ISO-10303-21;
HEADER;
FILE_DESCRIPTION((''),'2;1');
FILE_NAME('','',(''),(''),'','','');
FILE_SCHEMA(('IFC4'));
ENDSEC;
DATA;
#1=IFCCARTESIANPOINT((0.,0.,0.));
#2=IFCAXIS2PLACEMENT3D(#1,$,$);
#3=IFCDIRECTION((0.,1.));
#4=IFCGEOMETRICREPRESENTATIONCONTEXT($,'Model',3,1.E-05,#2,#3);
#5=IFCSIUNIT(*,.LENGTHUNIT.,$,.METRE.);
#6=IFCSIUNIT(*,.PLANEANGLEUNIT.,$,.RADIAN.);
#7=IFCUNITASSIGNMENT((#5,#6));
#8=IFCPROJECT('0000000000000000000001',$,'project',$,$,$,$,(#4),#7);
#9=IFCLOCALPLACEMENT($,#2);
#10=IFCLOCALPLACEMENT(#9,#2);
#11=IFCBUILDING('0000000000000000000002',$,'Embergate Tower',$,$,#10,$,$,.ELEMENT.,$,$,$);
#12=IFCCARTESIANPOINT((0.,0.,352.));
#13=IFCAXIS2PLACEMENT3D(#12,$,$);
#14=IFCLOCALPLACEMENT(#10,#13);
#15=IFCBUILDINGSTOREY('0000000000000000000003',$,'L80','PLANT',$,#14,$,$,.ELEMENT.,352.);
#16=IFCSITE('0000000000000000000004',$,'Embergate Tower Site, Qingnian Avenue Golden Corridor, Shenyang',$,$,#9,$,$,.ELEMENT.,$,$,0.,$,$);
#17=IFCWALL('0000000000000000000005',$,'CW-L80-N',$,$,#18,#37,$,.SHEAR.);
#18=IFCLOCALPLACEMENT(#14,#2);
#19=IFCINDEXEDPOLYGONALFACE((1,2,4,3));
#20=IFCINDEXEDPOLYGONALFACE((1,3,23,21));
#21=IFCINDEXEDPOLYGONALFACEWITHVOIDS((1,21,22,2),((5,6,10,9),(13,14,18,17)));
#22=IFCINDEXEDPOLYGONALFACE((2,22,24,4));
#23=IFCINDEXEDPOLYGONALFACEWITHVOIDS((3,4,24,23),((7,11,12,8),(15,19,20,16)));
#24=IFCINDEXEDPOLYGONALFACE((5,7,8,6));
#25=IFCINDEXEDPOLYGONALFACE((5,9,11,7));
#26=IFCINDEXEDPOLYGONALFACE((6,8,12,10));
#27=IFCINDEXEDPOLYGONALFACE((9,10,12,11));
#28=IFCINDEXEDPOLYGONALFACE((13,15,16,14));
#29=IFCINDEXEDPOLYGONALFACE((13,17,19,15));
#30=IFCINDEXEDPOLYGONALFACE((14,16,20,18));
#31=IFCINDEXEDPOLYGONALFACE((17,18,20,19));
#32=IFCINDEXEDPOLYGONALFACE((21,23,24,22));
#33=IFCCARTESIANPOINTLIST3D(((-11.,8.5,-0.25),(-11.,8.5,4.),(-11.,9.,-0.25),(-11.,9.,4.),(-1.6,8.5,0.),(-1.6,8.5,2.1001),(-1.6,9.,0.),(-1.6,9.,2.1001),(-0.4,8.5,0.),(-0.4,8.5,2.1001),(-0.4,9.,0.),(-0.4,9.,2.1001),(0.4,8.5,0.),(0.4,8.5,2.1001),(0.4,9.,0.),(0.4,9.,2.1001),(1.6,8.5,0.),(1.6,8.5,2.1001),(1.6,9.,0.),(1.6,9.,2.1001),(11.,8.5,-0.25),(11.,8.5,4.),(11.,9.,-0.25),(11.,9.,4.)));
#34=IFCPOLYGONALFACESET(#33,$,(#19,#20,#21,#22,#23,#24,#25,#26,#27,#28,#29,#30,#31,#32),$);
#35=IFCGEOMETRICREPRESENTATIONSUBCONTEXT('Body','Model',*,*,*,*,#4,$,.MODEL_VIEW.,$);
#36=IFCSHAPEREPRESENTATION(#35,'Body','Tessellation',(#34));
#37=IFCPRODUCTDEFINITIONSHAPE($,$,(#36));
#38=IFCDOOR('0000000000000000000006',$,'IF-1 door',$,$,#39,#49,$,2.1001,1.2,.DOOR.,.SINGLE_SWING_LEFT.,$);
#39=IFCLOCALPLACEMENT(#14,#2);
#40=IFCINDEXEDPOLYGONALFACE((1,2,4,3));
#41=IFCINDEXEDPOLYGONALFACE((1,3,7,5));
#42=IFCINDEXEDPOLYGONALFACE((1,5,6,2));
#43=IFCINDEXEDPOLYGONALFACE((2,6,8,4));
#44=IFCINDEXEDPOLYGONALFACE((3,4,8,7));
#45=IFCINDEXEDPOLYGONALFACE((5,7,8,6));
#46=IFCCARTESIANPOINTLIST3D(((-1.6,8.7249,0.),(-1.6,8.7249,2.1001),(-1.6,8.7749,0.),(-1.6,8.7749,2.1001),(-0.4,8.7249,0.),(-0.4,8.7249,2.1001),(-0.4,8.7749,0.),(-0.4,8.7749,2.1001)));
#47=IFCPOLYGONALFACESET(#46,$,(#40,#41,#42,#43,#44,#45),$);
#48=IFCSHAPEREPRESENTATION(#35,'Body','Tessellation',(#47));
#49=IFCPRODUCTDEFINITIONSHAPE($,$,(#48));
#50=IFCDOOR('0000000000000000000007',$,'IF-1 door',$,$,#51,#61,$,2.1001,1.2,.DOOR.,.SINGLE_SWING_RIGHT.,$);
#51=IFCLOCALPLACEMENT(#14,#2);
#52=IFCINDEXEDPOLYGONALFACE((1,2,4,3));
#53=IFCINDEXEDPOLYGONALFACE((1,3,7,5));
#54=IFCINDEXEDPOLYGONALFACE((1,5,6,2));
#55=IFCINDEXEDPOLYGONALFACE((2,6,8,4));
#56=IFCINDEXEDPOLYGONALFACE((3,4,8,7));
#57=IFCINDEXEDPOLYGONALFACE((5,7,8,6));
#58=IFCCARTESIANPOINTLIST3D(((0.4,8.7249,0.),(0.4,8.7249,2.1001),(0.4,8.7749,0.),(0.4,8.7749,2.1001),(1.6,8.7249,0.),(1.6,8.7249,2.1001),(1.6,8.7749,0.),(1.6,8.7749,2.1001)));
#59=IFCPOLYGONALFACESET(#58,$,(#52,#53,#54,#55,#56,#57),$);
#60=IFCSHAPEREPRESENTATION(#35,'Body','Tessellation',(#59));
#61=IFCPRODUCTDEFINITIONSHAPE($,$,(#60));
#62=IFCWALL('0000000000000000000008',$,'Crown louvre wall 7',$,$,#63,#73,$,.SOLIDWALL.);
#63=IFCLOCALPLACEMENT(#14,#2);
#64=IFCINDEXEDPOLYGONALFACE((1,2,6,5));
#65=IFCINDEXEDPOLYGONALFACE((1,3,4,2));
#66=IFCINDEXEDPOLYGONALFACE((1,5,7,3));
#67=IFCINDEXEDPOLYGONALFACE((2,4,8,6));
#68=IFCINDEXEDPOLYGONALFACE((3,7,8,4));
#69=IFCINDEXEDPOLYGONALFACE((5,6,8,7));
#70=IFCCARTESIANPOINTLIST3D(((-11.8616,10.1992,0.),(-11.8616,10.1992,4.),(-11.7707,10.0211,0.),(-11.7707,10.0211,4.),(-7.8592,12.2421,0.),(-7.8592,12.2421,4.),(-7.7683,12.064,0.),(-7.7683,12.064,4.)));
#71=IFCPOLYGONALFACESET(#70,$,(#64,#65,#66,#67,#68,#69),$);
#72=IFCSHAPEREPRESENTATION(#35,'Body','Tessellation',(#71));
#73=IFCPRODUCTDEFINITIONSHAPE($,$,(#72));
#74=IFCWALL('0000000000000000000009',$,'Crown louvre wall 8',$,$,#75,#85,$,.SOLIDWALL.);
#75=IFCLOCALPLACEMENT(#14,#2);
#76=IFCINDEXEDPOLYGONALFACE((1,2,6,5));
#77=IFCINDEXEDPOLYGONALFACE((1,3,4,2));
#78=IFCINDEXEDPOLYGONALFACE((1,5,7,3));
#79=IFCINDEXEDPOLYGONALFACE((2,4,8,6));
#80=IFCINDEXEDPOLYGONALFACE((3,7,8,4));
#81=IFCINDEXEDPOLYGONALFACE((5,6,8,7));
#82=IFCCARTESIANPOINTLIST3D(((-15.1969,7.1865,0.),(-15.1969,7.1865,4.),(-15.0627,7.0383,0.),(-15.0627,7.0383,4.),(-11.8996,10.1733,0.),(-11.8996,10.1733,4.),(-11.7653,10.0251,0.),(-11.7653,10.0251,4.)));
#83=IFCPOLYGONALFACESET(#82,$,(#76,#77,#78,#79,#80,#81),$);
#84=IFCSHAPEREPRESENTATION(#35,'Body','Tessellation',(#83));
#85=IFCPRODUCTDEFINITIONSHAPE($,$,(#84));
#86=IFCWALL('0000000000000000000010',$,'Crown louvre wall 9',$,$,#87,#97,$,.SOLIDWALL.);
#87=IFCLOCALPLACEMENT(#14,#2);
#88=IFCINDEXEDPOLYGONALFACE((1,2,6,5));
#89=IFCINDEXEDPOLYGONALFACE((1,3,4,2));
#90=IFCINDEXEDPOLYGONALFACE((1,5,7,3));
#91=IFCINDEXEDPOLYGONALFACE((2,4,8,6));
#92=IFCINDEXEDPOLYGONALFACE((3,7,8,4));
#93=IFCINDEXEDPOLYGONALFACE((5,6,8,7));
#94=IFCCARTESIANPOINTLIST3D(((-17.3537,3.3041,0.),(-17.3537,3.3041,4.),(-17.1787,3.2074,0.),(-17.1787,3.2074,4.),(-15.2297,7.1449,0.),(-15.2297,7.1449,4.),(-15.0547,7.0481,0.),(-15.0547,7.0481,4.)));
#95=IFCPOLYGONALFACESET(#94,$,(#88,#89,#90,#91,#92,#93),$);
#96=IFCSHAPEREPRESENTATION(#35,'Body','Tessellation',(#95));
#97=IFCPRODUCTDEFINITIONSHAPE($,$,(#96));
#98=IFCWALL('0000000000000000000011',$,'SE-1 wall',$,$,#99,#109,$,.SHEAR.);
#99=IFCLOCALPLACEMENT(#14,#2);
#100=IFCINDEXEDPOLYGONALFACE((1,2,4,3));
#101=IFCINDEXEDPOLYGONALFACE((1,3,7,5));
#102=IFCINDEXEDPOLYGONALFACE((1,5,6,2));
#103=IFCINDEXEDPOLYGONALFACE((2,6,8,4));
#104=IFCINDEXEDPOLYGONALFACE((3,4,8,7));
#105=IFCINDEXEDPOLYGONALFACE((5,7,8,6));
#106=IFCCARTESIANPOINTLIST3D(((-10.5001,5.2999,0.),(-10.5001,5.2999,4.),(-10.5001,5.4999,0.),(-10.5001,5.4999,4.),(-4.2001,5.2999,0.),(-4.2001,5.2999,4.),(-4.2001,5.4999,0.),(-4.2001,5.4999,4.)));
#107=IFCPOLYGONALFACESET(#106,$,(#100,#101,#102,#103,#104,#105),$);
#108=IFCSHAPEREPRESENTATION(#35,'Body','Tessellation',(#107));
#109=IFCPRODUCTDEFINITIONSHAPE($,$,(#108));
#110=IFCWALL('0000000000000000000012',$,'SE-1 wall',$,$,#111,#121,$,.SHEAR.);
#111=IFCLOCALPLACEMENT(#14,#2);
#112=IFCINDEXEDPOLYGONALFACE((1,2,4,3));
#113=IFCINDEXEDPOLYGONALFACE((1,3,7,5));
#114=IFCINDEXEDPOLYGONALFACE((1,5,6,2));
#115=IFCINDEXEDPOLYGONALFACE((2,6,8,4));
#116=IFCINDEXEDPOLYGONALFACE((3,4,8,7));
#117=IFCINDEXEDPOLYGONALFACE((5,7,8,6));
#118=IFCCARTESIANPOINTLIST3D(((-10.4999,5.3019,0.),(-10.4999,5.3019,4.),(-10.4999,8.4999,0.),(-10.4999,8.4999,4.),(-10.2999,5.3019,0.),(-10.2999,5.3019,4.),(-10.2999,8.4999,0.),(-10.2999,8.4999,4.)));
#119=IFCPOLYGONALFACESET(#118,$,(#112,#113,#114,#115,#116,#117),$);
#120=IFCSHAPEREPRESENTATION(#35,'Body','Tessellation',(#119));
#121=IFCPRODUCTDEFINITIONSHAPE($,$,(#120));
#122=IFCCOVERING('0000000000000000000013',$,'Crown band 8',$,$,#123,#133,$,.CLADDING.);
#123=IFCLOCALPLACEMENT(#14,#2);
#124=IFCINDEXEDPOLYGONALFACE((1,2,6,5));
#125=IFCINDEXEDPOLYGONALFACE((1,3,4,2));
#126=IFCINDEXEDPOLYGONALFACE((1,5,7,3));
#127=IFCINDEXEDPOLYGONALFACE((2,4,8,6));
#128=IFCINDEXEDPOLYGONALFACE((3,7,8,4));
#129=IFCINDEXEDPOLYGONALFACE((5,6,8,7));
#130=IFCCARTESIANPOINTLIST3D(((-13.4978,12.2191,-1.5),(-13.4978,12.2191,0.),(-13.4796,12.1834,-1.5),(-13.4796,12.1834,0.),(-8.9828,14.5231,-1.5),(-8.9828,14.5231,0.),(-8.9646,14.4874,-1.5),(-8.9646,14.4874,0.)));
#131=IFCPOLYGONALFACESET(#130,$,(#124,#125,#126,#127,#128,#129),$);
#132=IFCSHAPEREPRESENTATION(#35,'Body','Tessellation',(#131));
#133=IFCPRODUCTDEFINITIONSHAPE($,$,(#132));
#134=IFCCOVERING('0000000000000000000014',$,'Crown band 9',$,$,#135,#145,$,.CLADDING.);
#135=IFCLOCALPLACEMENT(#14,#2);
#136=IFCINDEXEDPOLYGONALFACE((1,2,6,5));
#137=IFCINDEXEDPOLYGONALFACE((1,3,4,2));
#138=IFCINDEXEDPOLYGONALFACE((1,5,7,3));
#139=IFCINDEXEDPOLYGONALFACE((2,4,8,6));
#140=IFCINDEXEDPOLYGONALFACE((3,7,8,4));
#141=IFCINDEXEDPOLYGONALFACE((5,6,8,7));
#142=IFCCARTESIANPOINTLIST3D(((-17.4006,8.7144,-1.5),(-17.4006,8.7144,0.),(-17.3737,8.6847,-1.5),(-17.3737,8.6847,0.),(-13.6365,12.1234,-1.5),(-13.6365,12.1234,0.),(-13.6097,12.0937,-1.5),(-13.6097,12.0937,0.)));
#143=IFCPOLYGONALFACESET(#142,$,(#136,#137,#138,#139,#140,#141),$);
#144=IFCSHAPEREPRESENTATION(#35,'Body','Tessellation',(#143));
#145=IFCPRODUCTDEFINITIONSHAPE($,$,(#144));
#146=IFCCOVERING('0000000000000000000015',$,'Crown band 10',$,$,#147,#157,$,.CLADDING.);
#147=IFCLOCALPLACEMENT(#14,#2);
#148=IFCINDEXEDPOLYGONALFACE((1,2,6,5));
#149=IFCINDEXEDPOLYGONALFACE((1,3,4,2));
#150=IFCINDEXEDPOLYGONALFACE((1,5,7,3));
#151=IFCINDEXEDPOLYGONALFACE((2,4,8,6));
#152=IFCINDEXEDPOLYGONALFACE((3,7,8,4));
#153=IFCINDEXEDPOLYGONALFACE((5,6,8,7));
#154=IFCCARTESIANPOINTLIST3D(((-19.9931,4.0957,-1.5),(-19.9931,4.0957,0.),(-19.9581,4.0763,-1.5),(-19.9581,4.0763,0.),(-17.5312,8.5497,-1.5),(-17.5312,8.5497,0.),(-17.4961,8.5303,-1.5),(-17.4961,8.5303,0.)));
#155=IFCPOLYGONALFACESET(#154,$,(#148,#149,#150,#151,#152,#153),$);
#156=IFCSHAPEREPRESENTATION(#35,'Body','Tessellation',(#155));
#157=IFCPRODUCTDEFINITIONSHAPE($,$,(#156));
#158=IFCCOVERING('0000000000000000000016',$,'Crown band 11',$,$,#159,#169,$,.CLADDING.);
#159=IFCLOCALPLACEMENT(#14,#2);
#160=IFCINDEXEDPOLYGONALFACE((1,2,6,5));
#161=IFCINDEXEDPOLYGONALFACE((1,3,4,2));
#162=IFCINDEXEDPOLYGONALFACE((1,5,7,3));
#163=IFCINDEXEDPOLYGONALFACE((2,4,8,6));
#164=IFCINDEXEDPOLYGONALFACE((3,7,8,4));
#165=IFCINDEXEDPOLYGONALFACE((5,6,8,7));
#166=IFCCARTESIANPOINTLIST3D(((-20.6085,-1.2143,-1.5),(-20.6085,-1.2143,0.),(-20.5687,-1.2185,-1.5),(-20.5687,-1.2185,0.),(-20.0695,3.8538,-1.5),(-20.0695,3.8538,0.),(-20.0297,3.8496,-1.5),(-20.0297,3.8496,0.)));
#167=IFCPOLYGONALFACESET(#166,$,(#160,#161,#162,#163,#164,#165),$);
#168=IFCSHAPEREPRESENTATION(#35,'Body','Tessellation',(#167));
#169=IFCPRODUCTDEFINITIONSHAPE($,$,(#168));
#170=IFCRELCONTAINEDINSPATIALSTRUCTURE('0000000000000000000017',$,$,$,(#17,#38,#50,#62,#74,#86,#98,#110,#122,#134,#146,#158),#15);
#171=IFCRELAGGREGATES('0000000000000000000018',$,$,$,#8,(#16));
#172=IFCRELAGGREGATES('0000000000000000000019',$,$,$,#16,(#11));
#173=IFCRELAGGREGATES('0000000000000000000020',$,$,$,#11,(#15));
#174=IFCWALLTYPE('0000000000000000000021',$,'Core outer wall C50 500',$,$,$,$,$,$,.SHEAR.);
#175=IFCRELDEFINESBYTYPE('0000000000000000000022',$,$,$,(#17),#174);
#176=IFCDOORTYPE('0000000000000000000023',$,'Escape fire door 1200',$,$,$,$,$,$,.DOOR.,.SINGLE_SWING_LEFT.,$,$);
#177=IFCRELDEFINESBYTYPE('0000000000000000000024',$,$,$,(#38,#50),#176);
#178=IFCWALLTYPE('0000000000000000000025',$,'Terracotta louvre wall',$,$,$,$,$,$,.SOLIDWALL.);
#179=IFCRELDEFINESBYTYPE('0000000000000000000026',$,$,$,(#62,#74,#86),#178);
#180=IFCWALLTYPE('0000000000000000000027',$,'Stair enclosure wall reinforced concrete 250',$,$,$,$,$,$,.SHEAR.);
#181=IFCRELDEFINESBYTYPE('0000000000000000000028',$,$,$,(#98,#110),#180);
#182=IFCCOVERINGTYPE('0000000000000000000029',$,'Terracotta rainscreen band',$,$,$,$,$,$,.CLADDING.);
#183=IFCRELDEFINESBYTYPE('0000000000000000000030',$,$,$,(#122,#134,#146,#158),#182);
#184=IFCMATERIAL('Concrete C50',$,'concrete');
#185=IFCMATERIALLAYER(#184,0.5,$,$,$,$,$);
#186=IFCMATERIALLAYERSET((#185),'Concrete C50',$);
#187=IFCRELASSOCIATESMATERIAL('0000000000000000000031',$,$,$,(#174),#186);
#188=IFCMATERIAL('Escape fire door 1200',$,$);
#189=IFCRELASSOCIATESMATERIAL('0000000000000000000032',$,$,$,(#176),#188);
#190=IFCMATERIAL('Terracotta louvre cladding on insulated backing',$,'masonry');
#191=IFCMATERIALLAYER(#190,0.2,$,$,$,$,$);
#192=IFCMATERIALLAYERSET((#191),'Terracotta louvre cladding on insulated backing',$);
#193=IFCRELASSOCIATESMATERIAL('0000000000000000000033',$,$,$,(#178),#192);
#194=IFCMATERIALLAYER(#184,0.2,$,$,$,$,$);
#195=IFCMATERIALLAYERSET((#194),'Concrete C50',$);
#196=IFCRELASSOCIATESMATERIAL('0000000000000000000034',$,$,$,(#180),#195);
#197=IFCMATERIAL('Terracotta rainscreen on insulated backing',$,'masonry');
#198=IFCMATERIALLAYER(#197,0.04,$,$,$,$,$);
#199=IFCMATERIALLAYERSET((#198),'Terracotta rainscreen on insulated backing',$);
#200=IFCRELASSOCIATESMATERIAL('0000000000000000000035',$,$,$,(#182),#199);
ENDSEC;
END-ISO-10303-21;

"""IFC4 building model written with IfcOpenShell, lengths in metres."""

from ifc_helpers import new_model, si_unit, direction, frame, frame_2d, origin, origin_2d, place, context, subcontext, project, spatial, rectangle, extrude, source, transform, mapped, material, layer, layer_set, type_object, element, fill, save


model = new_model("IFC4")

# Units and contexts
model_context = context("Model", 3, precision=1e-05, world=origin(), true_north=direction((0.0, 1.0)))
body_context = subcontext(model_context, "Body", "Model", "MODEL_VIEW")
ifc_project = project(units=[si_unit("LENGTHUNIT", "METRE"), si_unit("PLANEANGLEUNIT", "RADIAN")], contexts=[model_context])

# Site, building, storey
site_placement = place(None, origin())
site = spatial("IfcSite", under=ifc_project, at=site_placement, Name="Embergate Tower Site, Qingnian Avenue Golden Corridor, Shenyang", CompositionType="ELEMENT", RefElevation=0.0)
building_placement = place(site_placement, origin())
building = spatial("IfcBuilding", under=site, at=building_placement, Name="Embergate Tower", CompositionType="ELEMENT")
storey_placement = place(building_placement, frame((0.0, 0.0, 352.0)))
storey = spatial("IfcBuildingStorey", under=building, at=storey_placement, Name="L80", Description="PLANT", CompositionType="ELEMENT", Elevation=352.0)

# Wall, openings, doors
ifc_material_1 = material(Name="Concrete C50", Category="concrete")
ifc_layer_1 = layer(ifc_material_1, 0.5)
ifc_layer_set_1 = layer_set([ifc_layer_1], Name="Concrete C50")
wall_type_1 = type_object("IfcWallType", Name="Core outer wall C50 500", PredefinedType="SHEAR", material=ifc_layer_set_1)
shared_shape_1 = source(origin(), body_context, "Body", "SweptSolid", [
    extrude(rectangle(XDim=22.0, YDim=0.5, at=frame_2d((11.0, 0.0))), origin(), (0.0, 0.0, 1.0), 4.25),
])
wall_1_placement = place(storey_placement, frame((-11.0, 8.75, -0.25), z_axis=(0.0, 0.0, 1.0), x_axis=(1.0, 0.0, 0.0)))
wall_1 = element("IfcWall", 1, at=wall_1_placement, inside=storey, type_object=wall_type_1, Name="CW-L80-N", PredefinedType="SHEAR", context=body_context, shape_type="MappedRepresentation", body=[
    mapped(shared_shape_1, transform((0.0, 0.0, 0.0))),
])
shared_shape_2 = source(origin(), body_context, "Body", "SweptSolid", [
    extrude(rectangle(XDim=1.2, YDim=2.1001, at=frame_2d((0.6001, 1.05))), frame((0.0, 0.26, 0.0), z_axis=(0.0, -1.0, 0.0), x_axis=(1.0, 0.0, 0.0)), (0.0, 0.0, 1.0), 0.52),
])
opening_1_placement = place(wall_1_placement, frame((9.3999, 0.0, 0.25)))
opening_1 = element("IfcOpeningElement", 2, at=opening_1_placement, cuts=wall_1, PredefinedType="OPENING", context=body_context, shape_type="MappedRepresentation", body=[
    mapped(shared_shape_2, transform((0.0, 0.0, 0.0))),
])
opening_2_placement = place(wall_1_placement, frame((11.3999, 0.0, 0.25)))
opening_2 = element("IfcOpeningElement", 3, at=opening_2_placement, cuts=wall_1, PredefinedType="OPENING", context=body_context, shape_type="MappedRepresentation", body=[
    mapped(shared_shape_2, transform((0.0, 0.0, 0.0))),
])
ifc_material_2 = material(Name="Escape fire door 1200")
door_type = type_object("IfcDoorType", Name="Escape fire door 1200", OperationType="SINGLE_SWING_LEFT", PredefinedType="DOOR", material=ifc_material_2)
shared_shape_3 = source(origin(), body_context, "Body", "SweptSolid", [
    extrude(rectangle(XDim=1.2, YDim=2.1001, at=frame_2d((0.6001, 1.05))), frame((0.0, 0.0249, 0.0), z_axis=(0.0, -1.0, 0.0), x_axis=(1.0, 0.0, 0.0)), (0.0, 0.0, 1.0), 0.05),
])
door_1_placement = place(opening_1_placement, origin())
door_1 = element("IfcDoor", 4, at=door_1_placement, inside=storey, type_object=door_type, Name="IF-1 door", OperationType="SINGLE_SWING_LEFT", OverallHeight=2.1001, OverallWidth=1.2, PredefinedType="DOOR", context=body_context, shape_type="MappedRepresentation", body=[
    mapped(shared_shape_3, transform((0.0, 0.0, 0.0))),
])
fill(opening_1, door_1)
door_2_placement = place(opening_2_placement, origin())
door_2 = element("IfcDoor", 5, at=door_2_placement, inside=storey, type_object=door_type, Name="IF-1 door", OperationType="SINGLE_SWING_RIGHT", OverallHeight=2.1001, OverallWidth=1.2, PredefinedType="DOOR", context=body_context, shape_type="MappedRepresentation", body=[
    mapped(shared_shape_3, transform((0.0, 0.0, 0.0))),
])
fill(opening_2, door_2)

# Walls
ifc_material_3 = material(Name="Terracotta louvre cladding on insulated backing", Category="masonry")
ifc_layer_2 = layer(ifc_material_3, 0.2)
ifc_layer_set_2 = layer_set([ifc_layer_2], Name="Terracotta louvre cladding on insulated backing")
wall_type_2 = type_object("IfcWallType", Name="Terracotta louvre wall", PredefinedType="SOLIDWALL", material=ifc_layer_set_2)
shared_shape_4 = source(origin(), body_context, "Body", "SweptSolid", [
    extrude(rectangle(XDim=4.4937, YDim=0.2, at=frame_2d((2.2468, 0.0))), origin(), (0.0, 0.0, 1.0), 4.0),
])
wall_2_placement = place(storey_placement, frame((-11.8162, 10.1101, 0.0), z_axis=(0.0, 0.0, 1.0), x_axis=(0.89068, 0.45463, 0.0)))
element("IfcWall", 6, at=wall_2_placement, inside=storey, type_object=wall_type_2, Name="Crown louvre wall 7", PredefinedType="SOLIDWALL", context=body_context, shape_type="MappedRepresentation", body=[
    mapped(shared_shape_4, transform((0.0, 0.0, 0.0))),
])
shared_shape_5 = source(origin(), body_context, "Body", "SweptSolid", [
    extrude(rectangle(XDim=4.449, YDim=0.2, at=frame_2d((2.2246, 0.0))), origin(), (0.0, 0.0, 1.0), 4.0),
])
wall_3_placement = place(storey_placement, frame((-15.1299, 7.1123, 0.0), z_axis=(0.0, 0.0, 1.0), x_axis=(0.741146, 0.671344, 0.0)))
element("IfcWall", 7, at=wall_3_placement, inside=storey, type_object=wall_type_2, Name="Crown louvre wall 8", PredefinedType="SOLIDWALL", context=body_context, shape_type="MappedRepresentation", body=[
    mapped(shared_shape_5, transform((0.0, 0.0, 0.0))),
])
shared_shape_6 = source(origin(), body_context, "Body", "SweptSolid", [
    extrude(rectangle(XDim=4.3889, YDim=0.2, at=frame_2d((2.1943, 0.0))), origin(), (0.0, 0.0, 1.0), 4.0),
])
wall_4_placement = place(storey_placement, frame((-17.2661, 3.2559, 0.0), z_axis=(0.0, 0.0, 1.0), x_axis=(0.483942, 0.8751, 0.0)))
element("IfcWall", 8, at=wall_4_placement, inside=storey, type_object=wall_type_2, Name="Crown louvre wall 9", PredefinedType="SOLIDWALL", context=body_context, shape_type="MappedRepresentation", body=[
    mapped(shared_shape_6, transform((0.0, 0.0, 0.0))),
])
ifc_layer_3 = layer(ifc_material_1, 0.2)
ifc_layer_set_3 = layer_set([ifc_layer_3], Name="Concrete C50")
wall_type_3 = type_object("IfcWallType", Name="Stair enclosure wall reinforced concrete 250", PredefinedType="SHEAR", material=ifc_layer_set_3)
shared_shape_7 = source(origin(), body_context, "Body", "SweptSolid", [
    extrude(rectangle(XDim=6.3, YDim=0.2, at=frame_2d((3.1499, 0.0))), origin(), (0.0, 0.0, 1.0), 4.0),
])
wall_5_placement = place(storey_placement, frame((-10.5, 5.3999, 0.0), z_axis=(0.0, 0.0, 1.0), x_axis=(1.0, 0.0, 0.0)))
element("IfcWall", 9, at=wall_5_placement, inside=storey, type_object=wall_type_3, Name="SE-1 wall", PredefinedType="SHEAR", context=body_context, shape_type="MappedRepresentation", body=[
    mapped(shared_shape_7, transform((0.0, 0.0, 0.0))),
])
shared_shape_8 = source(origin(), body_context, "Body", "SweptSolid", [
    extrude(rectangle(XDim=3.198, YDim=0.2, at=frame_2d((1.5991, 0.0))), origin(), (0.0, 0.0, 1.0), 4.0),
])
wall_6_placement = place(storey_placement, frame((-10.3999, 8.5, 0.0), z_axis=(0.0, 0.0, 1.0), x_axis=(0.0, -1.0, 0.0)))
element("IfcWall", 10, at=wall_6_placement, inside=storey, type_object=wall_type_3, Name="SE-1 wall", PredefinedType="SHEAR", context=body_context, shape_type="MappedRepresentation", body=[
    mapped(shared_shape_8, transform((0.0, 0.0, 0.0))),
])

# Coverings
ifc_material_4 = material(Name="Terracotta rainscreen on insulated backing", Category="masonry")
ifc_layer_4 = layer(ifc_material_4, 0.04)
ifc_layer_set_4 = layer_set([ifc_layer_4], Name="Terracotta rainscreen on insulated backing")
covering_type_1 = type_object("IfcCoveringType", Name="Terracotta rainscreen band", PredefinedType="CLADDING", material=ifc_layer_set_4)
shared_shape_9 = source(origin(), body_context, "Body", "SweptSolid", [
    extrude(rectangle(XDim=5.0688, YDim=0.04, at=origin_2d()), origin(), (0.0, 0.0, 1.0), 1.5),
])
covering_1_placement = place(storey_placement, frame((-11.2312, 13.3533, -1.5), z_axis=(0.0, 0.0, 1.0), x_axis=(-0.890727, -0.454538, 0.0)))
element("IfcCovering", 11, at=covering_1_placement, inside=storey, type_object=covering_type_1, Name="Crown band 8", PredefinedType="CLADDING", context=body_context, shape_type="MappedRepresentation", body=[
    mapped(shared_shape_9, transform((0.0, 0.0, 0.0))),
])
shared_shape_10 = source(origin(), body_context, "Body", "SweptSolid", [
    extrude(rectangle(XDim=5.0784, YDim=0.04, at=origin_2d()), origin(), (0.0, 0.0, 1.0), 1.5),
])
covering_2_placement = place(storey_placement, frame((-15.5051, 10.4041, -1.5), z_axis=(0.0, 0.0, 1.0), x_axis=(-0.741195, -0.67129, 0.0)))
element("IfcCovering", 12, at=covering_2_placement, inside=storey, type_object=covering_type_1, Name="Crown band 9", PredefinedType="CLADDING", context=body_context, shape_type="MappedRepresentation", body=[
    mapped(shared_shape_10, transform((0.0, 0.0, 0.0))),
])
shared_shape_11 = source(origin(), body_context, "Body", "SweptSolid", [
    extrude(rectangle(XDim=5.0891, YDim=0.04, at=origin_2d()), origin(), (0.0, 0.0, 1.0), 1.5),
])
covering_3_placement = place(storey_placement, frame((-18.7446, 6.313, -1.5), z_axis=(0.0, 0.0, 1.0), x_axis=(-0.483773, -0.875194, 0.0)))
element("IfcCovering", 13, at=covering_3_placement, inside=storey, type_object=covering_type_1, Name="Crown band 10", PredefinedType="CLADDING", context=body_context, shape_type="MappedRepresentation", body=[
    mapped(shared_shape_11, transform((0.0, 0.0, 0.0))),
])
shared_shape_12 = source(origin(), body_context, "Body", "SweptSolid", [
    extrude(rectangle(XDim=5.0967, YDim=0.04, at=origin_2d()), origin(), (0.0, 0.0, 1.0), 1.5),
])
covering_4_placement = place(storey_placement, frame((-20.3191, 1.3176, -1.5), z_axis=(0.0, 0.0, 1.0), x_axis=(-0.105757, -0.994392, 0.0)))
element("IfcCovering", 14, at=covering_4_placement, inside=storey, type_object=covering_type_1, Name="Crown band 11", PredefinedType="CLADDING", context=body_context, shape_type="MappedRepresentation", body=[
    mapped(shared_shape_12, transform((0.0, 0.0, 0.0))),
])

save(model, "model.ifc")
